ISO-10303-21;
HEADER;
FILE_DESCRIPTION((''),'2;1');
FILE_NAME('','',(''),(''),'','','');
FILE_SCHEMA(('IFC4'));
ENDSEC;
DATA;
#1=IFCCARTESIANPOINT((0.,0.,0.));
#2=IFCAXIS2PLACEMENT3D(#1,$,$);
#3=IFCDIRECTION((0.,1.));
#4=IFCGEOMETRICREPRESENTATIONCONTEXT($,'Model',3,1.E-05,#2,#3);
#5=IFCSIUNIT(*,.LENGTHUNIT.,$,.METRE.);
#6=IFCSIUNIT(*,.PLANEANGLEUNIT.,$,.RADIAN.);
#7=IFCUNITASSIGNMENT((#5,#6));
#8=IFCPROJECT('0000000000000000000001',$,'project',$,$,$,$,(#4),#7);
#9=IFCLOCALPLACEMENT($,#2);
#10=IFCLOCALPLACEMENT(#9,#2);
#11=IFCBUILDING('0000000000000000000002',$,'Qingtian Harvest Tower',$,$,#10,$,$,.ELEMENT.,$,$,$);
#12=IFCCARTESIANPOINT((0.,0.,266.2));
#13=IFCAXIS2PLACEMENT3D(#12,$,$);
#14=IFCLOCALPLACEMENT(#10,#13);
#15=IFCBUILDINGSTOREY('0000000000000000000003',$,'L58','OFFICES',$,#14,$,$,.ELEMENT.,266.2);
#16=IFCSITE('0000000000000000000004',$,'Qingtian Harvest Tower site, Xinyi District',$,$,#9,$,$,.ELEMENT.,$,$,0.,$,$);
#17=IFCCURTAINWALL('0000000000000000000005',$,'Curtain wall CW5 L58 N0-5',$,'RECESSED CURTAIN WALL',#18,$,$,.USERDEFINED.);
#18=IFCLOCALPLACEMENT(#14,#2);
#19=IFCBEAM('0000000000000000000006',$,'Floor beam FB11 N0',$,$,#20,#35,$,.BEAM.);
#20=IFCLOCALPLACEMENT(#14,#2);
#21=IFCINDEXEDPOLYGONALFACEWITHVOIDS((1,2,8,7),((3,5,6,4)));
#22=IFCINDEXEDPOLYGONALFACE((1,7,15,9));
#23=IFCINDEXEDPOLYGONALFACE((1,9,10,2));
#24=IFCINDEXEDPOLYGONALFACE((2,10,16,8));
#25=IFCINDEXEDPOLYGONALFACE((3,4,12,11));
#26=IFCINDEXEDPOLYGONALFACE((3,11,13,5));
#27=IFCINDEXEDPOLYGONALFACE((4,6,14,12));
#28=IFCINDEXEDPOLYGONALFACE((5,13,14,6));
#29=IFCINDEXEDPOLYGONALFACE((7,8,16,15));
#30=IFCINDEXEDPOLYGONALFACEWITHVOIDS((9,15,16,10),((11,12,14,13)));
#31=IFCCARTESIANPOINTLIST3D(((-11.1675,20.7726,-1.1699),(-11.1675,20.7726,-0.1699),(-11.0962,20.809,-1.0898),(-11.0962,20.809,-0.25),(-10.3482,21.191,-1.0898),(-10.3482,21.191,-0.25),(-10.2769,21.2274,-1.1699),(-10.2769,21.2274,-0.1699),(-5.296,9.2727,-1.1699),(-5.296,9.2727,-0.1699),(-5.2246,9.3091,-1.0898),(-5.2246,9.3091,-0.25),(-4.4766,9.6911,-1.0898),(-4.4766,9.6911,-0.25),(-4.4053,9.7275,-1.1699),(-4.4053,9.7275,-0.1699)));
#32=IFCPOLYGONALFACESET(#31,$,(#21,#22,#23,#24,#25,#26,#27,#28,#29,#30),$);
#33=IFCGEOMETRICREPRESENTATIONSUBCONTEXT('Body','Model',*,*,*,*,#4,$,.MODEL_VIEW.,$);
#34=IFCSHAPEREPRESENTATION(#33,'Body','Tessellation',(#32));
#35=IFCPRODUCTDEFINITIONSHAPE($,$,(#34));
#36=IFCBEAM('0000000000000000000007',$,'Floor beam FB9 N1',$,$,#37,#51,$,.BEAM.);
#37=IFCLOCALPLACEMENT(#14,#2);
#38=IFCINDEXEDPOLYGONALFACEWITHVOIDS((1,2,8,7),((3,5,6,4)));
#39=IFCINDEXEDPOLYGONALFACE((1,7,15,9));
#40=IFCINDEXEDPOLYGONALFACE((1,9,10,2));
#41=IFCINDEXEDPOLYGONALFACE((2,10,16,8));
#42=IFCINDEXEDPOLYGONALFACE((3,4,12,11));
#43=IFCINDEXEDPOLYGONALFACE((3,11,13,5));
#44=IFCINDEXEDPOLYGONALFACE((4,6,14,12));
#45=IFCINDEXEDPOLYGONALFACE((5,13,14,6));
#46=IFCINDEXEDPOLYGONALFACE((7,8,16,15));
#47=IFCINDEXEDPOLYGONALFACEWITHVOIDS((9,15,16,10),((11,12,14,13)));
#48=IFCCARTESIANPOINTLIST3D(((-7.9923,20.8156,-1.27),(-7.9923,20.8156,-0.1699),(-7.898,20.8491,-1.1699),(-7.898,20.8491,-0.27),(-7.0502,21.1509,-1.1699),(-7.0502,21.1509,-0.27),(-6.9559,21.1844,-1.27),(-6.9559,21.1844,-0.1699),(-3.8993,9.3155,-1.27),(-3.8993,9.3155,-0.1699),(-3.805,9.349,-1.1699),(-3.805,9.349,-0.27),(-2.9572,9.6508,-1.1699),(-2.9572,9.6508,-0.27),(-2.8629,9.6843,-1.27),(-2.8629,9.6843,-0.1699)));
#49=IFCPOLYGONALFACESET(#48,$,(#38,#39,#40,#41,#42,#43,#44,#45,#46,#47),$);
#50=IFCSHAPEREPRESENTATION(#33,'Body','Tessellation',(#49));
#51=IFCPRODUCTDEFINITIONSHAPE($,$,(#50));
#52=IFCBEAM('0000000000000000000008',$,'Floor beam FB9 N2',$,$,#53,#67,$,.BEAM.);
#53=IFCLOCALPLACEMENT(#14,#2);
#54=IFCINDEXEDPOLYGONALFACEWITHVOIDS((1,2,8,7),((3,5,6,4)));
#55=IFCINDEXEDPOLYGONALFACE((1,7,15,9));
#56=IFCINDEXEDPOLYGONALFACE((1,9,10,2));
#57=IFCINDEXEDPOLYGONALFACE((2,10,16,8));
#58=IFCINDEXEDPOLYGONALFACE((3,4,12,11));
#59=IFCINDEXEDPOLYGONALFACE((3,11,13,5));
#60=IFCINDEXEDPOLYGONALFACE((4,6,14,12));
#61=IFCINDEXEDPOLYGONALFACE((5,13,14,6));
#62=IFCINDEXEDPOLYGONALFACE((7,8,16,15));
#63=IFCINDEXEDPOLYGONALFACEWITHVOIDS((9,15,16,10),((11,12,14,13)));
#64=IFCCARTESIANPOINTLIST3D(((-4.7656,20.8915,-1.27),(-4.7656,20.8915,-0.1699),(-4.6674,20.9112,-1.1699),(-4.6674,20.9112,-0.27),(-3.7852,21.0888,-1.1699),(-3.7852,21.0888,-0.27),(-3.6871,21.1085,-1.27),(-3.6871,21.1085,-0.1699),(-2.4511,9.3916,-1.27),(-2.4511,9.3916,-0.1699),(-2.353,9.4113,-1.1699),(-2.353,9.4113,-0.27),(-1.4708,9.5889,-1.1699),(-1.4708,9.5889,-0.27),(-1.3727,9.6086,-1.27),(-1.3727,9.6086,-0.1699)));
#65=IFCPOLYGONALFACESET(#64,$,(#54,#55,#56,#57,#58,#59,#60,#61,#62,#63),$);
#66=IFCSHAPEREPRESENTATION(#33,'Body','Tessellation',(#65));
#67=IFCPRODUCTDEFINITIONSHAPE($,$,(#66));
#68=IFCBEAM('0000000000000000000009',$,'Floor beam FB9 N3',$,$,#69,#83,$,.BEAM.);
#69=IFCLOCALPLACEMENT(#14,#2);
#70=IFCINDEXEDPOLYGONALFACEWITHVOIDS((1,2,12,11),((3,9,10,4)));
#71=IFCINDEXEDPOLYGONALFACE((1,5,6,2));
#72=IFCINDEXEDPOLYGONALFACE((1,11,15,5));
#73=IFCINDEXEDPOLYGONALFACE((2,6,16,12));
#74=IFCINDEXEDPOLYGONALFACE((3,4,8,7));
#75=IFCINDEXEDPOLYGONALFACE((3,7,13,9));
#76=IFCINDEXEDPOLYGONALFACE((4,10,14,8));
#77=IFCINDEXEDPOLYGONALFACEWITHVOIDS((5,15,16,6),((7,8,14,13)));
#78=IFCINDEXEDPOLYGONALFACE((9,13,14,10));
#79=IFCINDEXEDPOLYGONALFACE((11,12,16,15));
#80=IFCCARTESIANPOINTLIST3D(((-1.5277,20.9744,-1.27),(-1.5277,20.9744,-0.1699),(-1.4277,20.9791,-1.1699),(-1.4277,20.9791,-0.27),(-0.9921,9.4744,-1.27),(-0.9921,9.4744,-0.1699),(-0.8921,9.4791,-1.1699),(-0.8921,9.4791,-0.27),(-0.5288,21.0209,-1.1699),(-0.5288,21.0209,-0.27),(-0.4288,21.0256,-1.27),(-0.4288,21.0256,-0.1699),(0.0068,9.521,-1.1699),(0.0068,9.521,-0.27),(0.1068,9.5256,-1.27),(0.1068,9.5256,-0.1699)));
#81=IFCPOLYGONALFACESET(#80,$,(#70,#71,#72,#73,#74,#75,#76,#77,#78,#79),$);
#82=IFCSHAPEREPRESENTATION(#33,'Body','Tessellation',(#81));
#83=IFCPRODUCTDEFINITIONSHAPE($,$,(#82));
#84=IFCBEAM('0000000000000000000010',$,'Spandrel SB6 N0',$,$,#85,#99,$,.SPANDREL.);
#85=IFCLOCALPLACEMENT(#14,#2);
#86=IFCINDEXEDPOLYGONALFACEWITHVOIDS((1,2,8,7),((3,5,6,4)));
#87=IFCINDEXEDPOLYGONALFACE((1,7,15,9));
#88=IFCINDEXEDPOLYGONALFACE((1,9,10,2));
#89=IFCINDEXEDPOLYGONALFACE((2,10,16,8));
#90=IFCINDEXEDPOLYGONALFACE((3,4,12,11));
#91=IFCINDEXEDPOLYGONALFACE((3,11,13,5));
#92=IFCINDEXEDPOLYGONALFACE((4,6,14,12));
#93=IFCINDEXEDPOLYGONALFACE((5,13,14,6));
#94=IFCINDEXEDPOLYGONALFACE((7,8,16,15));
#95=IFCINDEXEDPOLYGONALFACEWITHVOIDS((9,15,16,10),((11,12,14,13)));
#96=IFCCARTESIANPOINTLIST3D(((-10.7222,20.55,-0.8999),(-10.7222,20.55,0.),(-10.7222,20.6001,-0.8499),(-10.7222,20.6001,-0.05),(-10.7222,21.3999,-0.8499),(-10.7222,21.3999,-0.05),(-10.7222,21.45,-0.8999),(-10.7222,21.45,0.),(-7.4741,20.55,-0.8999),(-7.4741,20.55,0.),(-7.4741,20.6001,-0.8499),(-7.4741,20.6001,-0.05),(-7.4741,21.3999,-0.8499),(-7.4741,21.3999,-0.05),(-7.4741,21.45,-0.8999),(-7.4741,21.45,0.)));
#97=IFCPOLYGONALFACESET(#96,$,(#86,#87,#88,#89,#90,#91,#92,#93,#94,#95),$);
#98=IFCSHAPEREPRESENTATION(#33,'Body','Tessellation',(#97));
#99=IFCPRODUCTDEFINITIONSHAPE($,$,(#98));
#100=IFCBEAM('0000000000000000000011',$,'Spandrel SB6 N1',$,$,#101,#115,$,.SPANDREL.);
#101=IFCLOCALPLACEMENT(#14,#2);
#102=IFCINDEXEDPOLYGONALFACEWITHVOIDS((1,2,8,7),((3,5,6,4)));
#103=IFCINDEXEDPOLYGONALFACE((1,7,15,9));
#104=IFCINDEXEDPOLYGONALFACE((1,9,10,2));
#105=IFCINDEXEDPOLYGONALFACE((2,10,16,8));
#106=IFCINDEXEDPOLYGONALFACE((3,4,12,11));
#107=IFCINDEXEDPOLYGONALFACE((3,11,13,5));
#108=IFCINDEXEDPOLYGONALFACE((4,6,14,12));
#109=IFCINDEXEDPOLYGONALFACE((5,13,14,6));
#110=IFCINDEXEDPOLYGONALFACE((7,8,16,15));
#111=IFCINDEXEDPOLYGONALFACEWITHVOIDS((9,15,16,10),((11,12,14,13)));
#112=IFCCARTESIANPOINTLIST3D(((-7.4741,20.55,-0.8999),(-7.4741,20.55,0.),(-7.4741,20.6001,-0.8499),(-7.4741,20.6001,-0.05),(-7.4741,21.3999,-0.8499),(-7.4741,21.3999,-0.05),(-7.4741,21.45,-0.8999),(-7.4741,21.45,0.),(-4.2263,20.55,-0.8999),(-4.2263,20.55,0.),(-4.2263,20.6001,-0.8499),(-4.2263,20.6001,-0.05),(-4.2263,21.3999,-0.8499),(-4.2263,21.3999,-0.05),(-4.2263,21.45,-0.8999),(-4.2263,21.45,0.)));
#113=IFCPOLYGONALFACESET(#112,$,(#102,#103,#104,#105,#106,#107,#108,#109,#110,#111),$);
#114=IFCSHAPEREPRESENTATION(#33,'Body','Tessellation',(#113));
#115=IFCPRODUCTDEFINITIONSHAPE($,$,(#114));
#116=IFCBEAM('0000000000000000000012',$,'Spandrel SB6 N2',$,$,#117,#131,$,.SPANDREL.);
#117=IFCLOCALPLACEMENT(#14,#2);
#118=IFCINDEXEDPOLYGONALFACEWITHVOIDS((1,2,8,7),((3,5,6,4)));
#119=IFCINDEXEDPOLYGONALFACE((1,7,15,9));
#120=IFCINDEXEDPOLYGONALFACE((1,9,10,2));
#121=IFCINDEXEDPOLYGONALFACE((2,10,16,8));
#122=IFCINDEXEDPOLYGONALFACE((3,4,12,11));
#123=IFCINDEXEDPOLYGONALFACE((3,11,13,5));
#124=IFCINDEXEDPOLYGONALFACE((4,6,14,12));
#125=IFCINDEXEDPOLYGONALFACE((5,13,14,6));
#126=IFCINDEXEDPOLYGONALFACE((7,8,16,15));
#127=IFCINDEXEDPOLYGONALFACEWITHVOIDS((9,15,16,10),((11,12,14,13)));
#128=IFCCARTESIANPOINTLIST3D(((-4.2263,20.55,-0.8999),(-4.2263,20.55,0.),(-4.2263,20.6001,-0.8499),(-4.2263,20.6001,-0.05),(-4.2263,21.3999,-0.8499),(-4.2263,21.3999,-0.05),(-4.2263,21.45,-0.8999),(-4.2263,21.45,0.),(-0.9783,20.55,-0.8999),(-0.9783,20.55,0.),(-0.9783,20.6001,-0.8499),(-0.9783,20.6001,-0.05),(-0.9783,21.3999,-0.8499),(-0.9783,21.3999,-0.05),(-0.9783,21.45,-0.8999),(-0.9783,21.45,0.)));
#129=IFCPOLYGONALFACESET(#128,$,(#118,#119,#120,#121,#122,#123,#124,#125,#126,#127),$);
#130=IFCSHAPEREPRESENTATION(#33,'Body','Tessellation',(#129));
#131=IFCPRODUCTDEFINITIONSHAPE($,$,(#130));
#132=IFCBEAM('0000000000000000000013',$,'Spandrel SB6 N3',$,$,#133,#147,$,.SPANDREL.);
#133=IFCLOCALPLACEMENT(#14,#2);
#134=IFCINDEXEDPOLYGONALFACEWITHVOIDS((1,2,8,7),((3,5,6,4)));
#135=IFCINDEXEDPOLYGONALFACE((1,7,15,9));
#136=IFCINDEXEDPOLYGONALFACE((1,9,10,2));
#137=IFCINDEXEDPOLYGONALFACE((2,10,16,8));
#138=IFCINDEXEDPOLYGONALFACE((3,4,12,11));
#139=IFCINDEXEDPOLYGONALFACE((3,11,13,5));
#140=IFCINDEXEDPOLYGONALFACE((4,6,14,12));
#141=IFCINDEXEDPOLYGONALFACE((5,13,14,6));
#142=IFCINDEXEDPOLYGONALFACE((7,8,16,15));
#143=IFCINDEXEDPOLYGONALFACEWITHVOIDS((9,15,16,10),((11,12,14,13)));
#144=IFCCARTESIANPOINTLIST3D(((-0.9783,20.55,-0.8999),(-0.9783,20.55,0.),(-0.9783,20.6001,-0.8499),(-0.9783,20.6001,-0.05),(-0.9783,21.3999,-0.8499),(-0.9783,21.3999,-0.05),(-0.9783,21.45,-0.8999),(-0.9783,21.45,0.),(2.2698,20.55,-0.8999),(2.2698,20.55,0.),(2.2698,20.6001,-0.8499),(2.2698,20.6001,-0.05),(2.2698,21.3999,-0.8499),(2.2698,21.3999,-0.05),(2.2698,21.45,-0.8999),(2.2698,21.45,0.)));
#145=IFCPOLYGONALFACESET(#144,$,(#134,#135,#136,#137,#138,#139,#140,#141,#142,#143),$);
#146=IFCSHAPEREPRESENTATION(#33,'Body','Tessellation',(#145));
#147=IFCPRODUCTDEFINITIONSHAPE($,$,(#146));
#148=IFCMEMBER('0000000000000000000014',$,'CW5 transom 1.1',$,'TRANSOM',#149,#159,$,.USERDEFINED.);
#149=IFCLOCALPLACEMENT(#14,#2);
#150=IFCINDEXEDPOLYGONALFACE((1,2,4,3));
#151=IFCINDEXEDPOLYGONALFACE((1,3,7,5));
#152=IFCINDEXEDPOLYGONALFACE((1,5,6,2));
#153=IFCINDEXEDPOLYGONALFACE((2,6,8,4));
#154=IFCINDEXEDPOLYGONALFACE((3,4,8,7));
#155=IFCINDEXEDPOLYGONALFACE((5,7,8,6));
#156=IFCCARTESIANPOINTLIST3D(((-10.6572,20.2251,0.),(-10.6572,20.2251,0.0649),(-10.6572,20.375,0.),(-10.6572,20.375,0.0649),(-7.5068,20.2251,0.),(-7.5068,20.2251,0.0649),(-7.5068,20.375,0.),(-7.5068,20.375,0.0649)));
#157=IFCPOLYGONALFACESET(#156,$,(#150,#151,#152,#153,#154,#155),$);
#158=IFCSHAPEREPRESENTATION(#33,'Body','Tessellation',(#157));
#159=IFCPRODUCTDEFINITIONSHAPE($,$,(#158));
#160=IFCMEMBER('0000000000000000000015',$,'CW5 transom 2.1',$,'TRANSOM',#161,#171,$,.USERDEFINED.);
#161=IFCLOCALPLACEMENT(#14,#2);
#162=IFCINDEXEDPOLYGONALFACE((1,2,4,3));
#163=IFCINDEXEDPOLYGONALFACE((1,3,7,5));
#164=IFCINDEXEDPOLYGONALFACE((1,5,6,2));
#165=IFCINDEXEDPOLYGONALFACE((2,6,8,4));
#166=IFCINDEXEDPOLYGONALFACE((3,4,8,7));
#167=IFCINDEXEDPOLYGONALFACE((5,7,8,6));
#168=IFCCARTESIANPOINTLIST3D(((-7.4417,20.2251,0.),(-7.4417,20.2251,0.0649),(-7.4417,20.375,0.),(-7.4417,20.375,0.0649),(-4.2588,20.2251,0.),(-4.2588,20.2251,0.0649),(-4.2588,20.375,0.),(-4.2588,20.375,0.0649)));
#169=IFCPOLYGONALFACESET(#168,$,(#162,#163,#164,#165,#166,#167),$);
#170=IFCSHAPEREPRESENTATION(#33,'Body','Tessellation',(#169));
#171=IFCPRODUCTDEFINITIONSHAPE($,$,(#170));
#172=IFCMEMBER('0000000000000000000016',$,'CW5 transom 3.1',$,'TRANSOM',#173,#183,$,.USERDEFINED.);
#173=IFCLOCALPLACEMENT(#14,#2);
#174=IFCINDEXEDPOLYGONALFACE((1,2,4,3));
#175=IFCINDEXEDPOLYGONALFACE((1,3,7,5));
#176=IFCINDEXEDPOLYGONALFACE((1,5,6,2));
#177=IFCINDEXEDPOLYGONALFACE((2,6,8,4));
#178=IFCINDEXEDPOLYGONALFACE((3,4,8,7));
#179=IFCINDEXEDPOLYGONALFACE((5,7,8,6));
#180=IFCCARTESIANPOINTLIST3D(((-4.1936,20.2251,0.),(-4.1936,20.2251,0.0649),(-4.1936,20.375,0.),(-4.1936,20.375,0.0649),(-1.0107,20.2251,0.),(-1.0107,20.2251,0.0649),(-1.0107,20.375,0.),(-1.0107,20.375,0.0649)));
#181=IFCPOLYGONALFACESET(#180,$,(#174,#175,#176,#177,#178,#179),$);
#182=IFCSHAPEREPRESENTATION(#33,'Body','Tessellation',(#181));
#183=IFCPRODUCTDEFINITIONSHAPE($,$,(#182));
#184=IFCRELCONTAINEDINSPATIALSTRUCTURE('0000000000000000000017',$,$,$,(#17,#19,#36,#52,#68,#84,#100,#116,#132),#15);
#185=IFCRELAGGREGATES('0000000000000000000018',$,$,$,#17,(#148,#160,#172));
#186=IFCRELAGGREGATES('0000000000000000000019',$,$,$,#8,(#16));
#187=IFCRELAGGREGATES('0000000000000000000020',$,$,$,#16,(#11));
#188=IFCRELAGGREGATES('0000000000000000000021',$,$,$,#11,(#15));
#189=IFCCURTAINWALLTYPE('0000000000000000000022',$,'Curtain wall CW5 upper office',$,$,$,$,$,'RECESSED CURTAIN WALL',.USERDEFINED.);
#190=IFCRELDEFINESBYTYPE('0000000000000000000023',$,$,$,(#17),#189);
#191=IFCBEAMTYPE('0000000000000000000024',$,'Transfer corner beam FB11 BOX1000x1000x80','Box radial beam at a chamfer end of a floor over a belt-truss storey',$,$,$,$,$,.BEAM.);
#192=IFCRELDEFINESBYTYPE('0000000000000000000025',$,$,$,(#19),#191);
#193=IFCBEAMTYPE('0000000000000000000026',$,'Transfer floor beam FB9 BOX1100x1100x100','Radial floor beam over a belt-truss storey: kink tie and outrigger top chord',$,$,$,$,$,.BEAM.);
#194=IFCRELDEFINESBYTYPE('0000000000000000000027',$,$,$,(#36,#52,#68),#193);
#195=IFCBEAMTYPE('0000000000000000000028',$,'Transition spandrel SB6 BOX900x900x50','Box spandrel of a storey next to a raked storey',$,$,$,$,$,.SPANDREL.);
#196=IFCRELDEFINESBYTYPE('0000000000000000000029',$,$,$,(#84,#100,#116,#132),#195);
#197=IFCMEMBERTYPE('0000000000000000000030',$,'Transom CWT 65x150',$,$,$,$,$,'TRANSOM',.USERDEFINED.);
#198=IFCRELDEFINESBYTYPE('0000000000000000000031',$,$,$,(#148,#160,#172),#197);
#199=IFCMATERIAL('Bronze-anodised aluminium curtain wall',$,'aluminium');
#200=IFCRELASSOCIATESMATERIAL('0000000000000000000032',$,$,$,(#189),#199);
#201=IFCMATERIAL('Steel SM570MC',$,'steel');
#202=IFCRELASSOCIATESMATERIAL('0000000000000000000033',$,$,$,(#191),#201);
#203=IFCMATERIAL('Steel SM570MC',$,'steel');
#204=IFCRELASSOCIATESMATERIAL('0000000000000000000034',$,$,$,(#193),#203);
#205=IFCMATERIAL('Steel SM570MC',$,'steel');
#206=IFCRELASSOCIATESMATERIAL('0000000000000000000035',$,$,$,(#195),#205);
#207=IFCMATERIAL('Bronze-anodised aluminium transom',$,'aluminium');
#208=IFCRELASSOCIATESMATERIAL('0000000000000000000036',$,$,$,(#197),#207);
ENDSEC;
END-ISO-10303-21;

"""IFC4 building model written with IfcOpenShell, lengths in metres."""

from ifc_helpers import new_model, si_unit, direction, frame, origin, origin_2d, place, context, subcontext, project, spatial, rectangle, hollow_rectangle, extrude, material, material_profile, profile_set, type_object, element, aggregate, save


model = new_model("IFC4")

# Units and contexts
model_context = context("Model", 3, precision=1e-05, world=origin(), true_north=direction((0.0, 1.0)))
body_context = subcontext(model_context, "Body", "Model", "MODEL_VIEW")
ifc_project = project(units=[si_unit("LENGTHUNIT", "METRE"), si_unit("PLANEANGLEUNIT", "RADIAN")], contexts=[model_context])

# Site, building, storey
site_placement = place(None, origin())
site = spatial("IfcSite", under=ifc_project, at=site_placement, Name="Qingtian Harvest Tower site, Xinyi District", CompositionType="ELEMENT", RefElevation=0.0)
building_placement = place(site_placement, origin())
building = spatial("IfcBuilding", under=site, at=building_placement, Name="Qingtian Harvest Tower", CompositionType="ELEMENT")
storey_placement = place(building_placement, frame((0.0, 0.0, 266.2)))
storey = spatial("IfcBuildingStorey", under=building, at=storey_placement, Name="L58", Description="OFFICES", CompositionType="ELEMENT", Elevation=266.2)

# Curtain wall
ifc_material_1 = material(Name="Bronze-anodised aluminium curtain wall", Category="aluminium")
curtain_wall_type = type_object("IfcCurtainWallType", Name="Curtain wall CW5 upper office", ElementType="RECESSED CURTAIN WALL", PredefinedType="USERDEFINED", material=ifc_material_1)
curtain_wall_1_placement = place(storey_placement, origin())
curtain_wall_1 = element("IfcCurtainWall", 1, at=curtain_wall_1_placement, inside=storey, type_object=curtain_wall_type, Name="Curtain wall CW5 L58 N0-5", ObjectType="RECESSED CURTAIN WALL", PredefinedType="USERDEFINED")

# Beams
ifc_material_2 = material(Name="Steel SM570MC", Category="steel")
ifc_material_profile_1 = material_profile(ifc_material_2, hollow_rectangle(XDim=1.0, YDim=1.0, WallThickness=0.0801, at=origin_2d()), Name="BOX1000x1000x80")
ifc_profile_set_1 = profile_set([ifc_material_profile_1], Name="Steel SM570MC")
beam_type_1 = type_object("IfcBeamType", Name="Transfer corner beam FB11 BOX1000x1000x80", Description="Box radial beam at a chamfer end of a floor over a belt-truss storey", PredefinedType="BEAM", material=ifc_profile_set_1)
beam_1_placement = place(storey_placement, frame((-10.7222, 21.0, -0.6699), z_axis=(0.454731, -0.890629, 0.0), x_axis=(0.890629, 0.454731, 0.0)))
element("IfcBeam", 2, at=beam_1_placement, inside=storey, type_object=beam_type_1, Name="Floor beam FB11 N0", PredefinedType="BEAM", context=body_context, shape_type="SweptSolid", body=[
    extrude(hollow_rectangle(XDim=1.0, YDim=1.0, WallThickness=0.0801, at=origin_2d()), origin(), (0.0, 0.0, 1.0), 12.9121),
])
ifc_material_3 = material(Name="Steel SM570MC", Category="steel")
ifc_material_profile_2 = material_profile(ifc_material_3, hollow_rectangle(XDim=1.1001, YDim=1.1001, WallThickness=0.1001, at=origin_2d()), Name="BOX1100x1100x100")
ifc_profile_set_2 = profile_set([ifc_material_profile_2], Name="Steel SM570MC")
beam_type_2 = type_object("IfcBeamType", Name="Transfer floor beam FB9 BOX1100x1100x100", Description="Radial floor beam over a belt-truss storey: kink tie and outrigger top chord", PredefinedType="BEAM", material=ifc_profile_set_2)
beam_2_placement = place(storey_placement, frame((-7.4741, 21.0, -0.72), z_axis=(0.33531, -0.942108, 0.0), x_axis=(0.942108, 0.33531, 0.0)))
element("IfcBeam", 3, at=beam_2_placement, inside=storey, type_object=beam_type_2, Name="Floor beam FB9 N1", PredefinedType="BEAM", context=body_context, shape_type="SweptSolid", body=[
    extrude(hollow_rectangle(XDim=1.1001, YDim=1.1001, WallThickness=0.1001, at=origin_2d()), origin(), (0.0, 0.0, 1.0), 12.2068),
])
beam_3_placement = place(storey_placement, frame((-4.2263, 21.0, -0.72), z_axis=(0.197301, -0.980343, 0.0), x_axis=(0.980343, 0.197301, 0.0)))
element("IfcBeam", 4, at=beam_3_placement, inside=storey, type_object=beam_type_2, Name="Floor beam FB9 N2", PredefinedType="BEAM", context=body_context, shape_type="SweptSolid", body=[
    extrude(hollow_rectangle(XDim=1.1001, YDim=1.1001, WallThickness=0.1001, at=origin_2d()), origin(), (0.0, 0.0, 1.0), 11.7305),
])
beam_4_placement = place(storey_placement, frame((-0.9783, 21.0, -0.72), z_axis=(0.046527, -0.998917, 0.0), x_axis=(0.998917, 0.046527, 0.0)))
element("IfcBeam", 5, at=beam_4_placement, inside=storey, type_object=beam_type_2, Name="Floor beam FB9 N3", PredefinedType="BEAM", context=body_context, shape_type="SweptSolid", body=[
    extrude(hollow_rectangle(XDim=1.1001, YDim=1.1001, WallThickness=0.1001, at=origin_2d()), origin(), (0.0, 0.0, 1.0), 11.5125),
])
ifc_material_4 = material(Name="Steel SM570MC", Category="steel")
ifc_material_profile_3 = material_profile(ifc_material_4, hollow_rectangle(XDim=0.8999, YDim=0.8999, WallThickness=0.05, at=origin_2d()), Name="BOX900x900x50")
ifc_profile_set_3 = profile_set([ifc_material_profile_3], Name="Steel SM570MC")
beam_type_3 = type_object("IfcBeamType", Name="Transition spandrel SB6 BOX900x900x50", Description="Box spandrel of a storey next to a raked storey", PredefinedType="SPANDREL", material=ifc_profile_set_3)
beam_5_placement = place(storey_placement, frame((-10.7222, 21.0, -0.45), z_axis=(1.0, 0.0, 0.0), x_axis=(0.0, 1.0, 0.0)))
element("IfcBeam", 6, at=beam_5_placement, inside=storey, type_object=beam_type_3, Name="Spandrel SB6 N0", PredefinedType="SPANDREL", context=body_context, shape_type="SweptSolid", body=[
    extrude(hollow_rectangle(XDim=0.8999, YDim=0.8999, WallThickness=0.05, at=origin_2d()), origin(), (0.0, 0.0, 1.0), 3.248),
])
beam_6_placement = place(storey_placement, frame((-7.4741, 21.0, -0.45), z_axis=(1.0, 0.0, 0.0), x_axis=(0.0, 1.0, 0.0)))
element("IfcBeam", 7, at=beam_6_placement, inside=storey, type_object=beam_type_3, Name="Spandrel SB6 N1", PredefinedType="SPANDREL", context=body_context, shape_type="SweptSolid", body=[
    extrude(hollow_rectangle(XDim=0.8999, YDim=0.8999, WallThickness=0.05, at=origin_2d()), origin(), (0.0, 0.0, 1.0), 3.2478),
])
for number, where, z_axis, x_axis, name in (
    (8, (-4.2263, 21.0, -0.45), (1.0, 0.0, 0.0), (0.0, 1.0, 0.0), "Spandrel SB6 N2"),
    (9, (-0.9783, 21.0, -0.45), (1.0, 0.0, 0.0), (0.0, 1.0, 0.0), "Spandrel SB6 N3"),
):
    element("IfcBeam", number, at=place(storey_placement, frame(where, z_axis=z_axis, x_axis=x_axis)), inside=storey, type_object=beam_type_3, Name=name, PredefinedType="SPANDREL", context=body_context, shape_type="SweptSolid", body=[
        extrude(hollow_rectangle(XDim=0.8999, YDim=0.8999, WallThickness=0.05, at=origin_2d()), origin(), (0.0, 0.0, 1.0), 3.248),
    ])

# Members
ifc_material_5 = material(Name="Bronze-anodised aluminium transom", Category="aluminium")
ifc_material_profile_4 = material_profile(ifc_material_5, rectangle(XDim=0.1499, YDim=0.0649, at=origin_2d()), Name="AL 65x150")
ifc_profile_set_4 = profile_set([ifc_material_profile_4], Name="Bronze-anodised aluminium transom")
member_type_1 = type_object("IfcMemberType", Name="Transom CWT 65x150", ElementType="TRANSOM", PredefinedType="USERDEFINED", material=ifc_profile_set_4)
member_1_placement = place(storey_placement, frame((-10.6572, 20.3, 0.0325), z_axis=(1.0, 0.0, 0.0), x_axis=(0.0, 1.0, 0.0)))
member_1 = element("IfcMember", 10, at=member_1_placement, type_object=member_type_1, Name="CW5 transom 1.1", ObjectType="TRANSOM", PredefinedType="USERDEFINED", context=body_context, shape_type="SweptSolid", body=[
    extrude(rectangle(XDim=0.1499, YDim=0.0649, at=origin_2d()), origin(), (0.0, 0.0, 1.0), 3.1504),
])
member_2_placement = place(storey_placement, frame((-7.4417, 20.3, 0.0325), z_axis=(1.0, 0.0, 0.0), x_axis=(0.0, 1.0, 0.0)))
member_2 = element("IfcMember", 11, at=member_2_placement, type_object=member_type_1, Name="CW5 transom 2.1", ObjectType="TRANSOM", PredefinedType="USERDEFINED", context=body_context, shape_type="SweptSolid", body=[
    extrude(rectangle(XDim=0.1499, YDim=0.0649, at=origin_2d()), origin(), (0.0, 0.0, 1.0), 3.1829),
])
member_3_placement = place(storey_placement, frame((-4.1936, 20.3, 0.0325), z_axis=(1.0, 0.0, 0.0), x_axis=(0.0, 1.0, 0.0)))
member_3 = element("IfcMember", 12, at=member_3_placement, type_object=member_type_1, Name="CW5 transom 3.1", ObjectType="TRANSOM", PredefinedType="USERDEFINED", context=body_context, shape_type="SweptSolid", body=[
    extrude(rectangle(XDim=0.1499, YDim=0.0649, at=origin_2d()), origin(), (0.0, 0.0, 1.0), 3.1829),
])

aggregate(curtain_wall_1, [member_1, member_2, member_3])

save(model, "model.ifc")
